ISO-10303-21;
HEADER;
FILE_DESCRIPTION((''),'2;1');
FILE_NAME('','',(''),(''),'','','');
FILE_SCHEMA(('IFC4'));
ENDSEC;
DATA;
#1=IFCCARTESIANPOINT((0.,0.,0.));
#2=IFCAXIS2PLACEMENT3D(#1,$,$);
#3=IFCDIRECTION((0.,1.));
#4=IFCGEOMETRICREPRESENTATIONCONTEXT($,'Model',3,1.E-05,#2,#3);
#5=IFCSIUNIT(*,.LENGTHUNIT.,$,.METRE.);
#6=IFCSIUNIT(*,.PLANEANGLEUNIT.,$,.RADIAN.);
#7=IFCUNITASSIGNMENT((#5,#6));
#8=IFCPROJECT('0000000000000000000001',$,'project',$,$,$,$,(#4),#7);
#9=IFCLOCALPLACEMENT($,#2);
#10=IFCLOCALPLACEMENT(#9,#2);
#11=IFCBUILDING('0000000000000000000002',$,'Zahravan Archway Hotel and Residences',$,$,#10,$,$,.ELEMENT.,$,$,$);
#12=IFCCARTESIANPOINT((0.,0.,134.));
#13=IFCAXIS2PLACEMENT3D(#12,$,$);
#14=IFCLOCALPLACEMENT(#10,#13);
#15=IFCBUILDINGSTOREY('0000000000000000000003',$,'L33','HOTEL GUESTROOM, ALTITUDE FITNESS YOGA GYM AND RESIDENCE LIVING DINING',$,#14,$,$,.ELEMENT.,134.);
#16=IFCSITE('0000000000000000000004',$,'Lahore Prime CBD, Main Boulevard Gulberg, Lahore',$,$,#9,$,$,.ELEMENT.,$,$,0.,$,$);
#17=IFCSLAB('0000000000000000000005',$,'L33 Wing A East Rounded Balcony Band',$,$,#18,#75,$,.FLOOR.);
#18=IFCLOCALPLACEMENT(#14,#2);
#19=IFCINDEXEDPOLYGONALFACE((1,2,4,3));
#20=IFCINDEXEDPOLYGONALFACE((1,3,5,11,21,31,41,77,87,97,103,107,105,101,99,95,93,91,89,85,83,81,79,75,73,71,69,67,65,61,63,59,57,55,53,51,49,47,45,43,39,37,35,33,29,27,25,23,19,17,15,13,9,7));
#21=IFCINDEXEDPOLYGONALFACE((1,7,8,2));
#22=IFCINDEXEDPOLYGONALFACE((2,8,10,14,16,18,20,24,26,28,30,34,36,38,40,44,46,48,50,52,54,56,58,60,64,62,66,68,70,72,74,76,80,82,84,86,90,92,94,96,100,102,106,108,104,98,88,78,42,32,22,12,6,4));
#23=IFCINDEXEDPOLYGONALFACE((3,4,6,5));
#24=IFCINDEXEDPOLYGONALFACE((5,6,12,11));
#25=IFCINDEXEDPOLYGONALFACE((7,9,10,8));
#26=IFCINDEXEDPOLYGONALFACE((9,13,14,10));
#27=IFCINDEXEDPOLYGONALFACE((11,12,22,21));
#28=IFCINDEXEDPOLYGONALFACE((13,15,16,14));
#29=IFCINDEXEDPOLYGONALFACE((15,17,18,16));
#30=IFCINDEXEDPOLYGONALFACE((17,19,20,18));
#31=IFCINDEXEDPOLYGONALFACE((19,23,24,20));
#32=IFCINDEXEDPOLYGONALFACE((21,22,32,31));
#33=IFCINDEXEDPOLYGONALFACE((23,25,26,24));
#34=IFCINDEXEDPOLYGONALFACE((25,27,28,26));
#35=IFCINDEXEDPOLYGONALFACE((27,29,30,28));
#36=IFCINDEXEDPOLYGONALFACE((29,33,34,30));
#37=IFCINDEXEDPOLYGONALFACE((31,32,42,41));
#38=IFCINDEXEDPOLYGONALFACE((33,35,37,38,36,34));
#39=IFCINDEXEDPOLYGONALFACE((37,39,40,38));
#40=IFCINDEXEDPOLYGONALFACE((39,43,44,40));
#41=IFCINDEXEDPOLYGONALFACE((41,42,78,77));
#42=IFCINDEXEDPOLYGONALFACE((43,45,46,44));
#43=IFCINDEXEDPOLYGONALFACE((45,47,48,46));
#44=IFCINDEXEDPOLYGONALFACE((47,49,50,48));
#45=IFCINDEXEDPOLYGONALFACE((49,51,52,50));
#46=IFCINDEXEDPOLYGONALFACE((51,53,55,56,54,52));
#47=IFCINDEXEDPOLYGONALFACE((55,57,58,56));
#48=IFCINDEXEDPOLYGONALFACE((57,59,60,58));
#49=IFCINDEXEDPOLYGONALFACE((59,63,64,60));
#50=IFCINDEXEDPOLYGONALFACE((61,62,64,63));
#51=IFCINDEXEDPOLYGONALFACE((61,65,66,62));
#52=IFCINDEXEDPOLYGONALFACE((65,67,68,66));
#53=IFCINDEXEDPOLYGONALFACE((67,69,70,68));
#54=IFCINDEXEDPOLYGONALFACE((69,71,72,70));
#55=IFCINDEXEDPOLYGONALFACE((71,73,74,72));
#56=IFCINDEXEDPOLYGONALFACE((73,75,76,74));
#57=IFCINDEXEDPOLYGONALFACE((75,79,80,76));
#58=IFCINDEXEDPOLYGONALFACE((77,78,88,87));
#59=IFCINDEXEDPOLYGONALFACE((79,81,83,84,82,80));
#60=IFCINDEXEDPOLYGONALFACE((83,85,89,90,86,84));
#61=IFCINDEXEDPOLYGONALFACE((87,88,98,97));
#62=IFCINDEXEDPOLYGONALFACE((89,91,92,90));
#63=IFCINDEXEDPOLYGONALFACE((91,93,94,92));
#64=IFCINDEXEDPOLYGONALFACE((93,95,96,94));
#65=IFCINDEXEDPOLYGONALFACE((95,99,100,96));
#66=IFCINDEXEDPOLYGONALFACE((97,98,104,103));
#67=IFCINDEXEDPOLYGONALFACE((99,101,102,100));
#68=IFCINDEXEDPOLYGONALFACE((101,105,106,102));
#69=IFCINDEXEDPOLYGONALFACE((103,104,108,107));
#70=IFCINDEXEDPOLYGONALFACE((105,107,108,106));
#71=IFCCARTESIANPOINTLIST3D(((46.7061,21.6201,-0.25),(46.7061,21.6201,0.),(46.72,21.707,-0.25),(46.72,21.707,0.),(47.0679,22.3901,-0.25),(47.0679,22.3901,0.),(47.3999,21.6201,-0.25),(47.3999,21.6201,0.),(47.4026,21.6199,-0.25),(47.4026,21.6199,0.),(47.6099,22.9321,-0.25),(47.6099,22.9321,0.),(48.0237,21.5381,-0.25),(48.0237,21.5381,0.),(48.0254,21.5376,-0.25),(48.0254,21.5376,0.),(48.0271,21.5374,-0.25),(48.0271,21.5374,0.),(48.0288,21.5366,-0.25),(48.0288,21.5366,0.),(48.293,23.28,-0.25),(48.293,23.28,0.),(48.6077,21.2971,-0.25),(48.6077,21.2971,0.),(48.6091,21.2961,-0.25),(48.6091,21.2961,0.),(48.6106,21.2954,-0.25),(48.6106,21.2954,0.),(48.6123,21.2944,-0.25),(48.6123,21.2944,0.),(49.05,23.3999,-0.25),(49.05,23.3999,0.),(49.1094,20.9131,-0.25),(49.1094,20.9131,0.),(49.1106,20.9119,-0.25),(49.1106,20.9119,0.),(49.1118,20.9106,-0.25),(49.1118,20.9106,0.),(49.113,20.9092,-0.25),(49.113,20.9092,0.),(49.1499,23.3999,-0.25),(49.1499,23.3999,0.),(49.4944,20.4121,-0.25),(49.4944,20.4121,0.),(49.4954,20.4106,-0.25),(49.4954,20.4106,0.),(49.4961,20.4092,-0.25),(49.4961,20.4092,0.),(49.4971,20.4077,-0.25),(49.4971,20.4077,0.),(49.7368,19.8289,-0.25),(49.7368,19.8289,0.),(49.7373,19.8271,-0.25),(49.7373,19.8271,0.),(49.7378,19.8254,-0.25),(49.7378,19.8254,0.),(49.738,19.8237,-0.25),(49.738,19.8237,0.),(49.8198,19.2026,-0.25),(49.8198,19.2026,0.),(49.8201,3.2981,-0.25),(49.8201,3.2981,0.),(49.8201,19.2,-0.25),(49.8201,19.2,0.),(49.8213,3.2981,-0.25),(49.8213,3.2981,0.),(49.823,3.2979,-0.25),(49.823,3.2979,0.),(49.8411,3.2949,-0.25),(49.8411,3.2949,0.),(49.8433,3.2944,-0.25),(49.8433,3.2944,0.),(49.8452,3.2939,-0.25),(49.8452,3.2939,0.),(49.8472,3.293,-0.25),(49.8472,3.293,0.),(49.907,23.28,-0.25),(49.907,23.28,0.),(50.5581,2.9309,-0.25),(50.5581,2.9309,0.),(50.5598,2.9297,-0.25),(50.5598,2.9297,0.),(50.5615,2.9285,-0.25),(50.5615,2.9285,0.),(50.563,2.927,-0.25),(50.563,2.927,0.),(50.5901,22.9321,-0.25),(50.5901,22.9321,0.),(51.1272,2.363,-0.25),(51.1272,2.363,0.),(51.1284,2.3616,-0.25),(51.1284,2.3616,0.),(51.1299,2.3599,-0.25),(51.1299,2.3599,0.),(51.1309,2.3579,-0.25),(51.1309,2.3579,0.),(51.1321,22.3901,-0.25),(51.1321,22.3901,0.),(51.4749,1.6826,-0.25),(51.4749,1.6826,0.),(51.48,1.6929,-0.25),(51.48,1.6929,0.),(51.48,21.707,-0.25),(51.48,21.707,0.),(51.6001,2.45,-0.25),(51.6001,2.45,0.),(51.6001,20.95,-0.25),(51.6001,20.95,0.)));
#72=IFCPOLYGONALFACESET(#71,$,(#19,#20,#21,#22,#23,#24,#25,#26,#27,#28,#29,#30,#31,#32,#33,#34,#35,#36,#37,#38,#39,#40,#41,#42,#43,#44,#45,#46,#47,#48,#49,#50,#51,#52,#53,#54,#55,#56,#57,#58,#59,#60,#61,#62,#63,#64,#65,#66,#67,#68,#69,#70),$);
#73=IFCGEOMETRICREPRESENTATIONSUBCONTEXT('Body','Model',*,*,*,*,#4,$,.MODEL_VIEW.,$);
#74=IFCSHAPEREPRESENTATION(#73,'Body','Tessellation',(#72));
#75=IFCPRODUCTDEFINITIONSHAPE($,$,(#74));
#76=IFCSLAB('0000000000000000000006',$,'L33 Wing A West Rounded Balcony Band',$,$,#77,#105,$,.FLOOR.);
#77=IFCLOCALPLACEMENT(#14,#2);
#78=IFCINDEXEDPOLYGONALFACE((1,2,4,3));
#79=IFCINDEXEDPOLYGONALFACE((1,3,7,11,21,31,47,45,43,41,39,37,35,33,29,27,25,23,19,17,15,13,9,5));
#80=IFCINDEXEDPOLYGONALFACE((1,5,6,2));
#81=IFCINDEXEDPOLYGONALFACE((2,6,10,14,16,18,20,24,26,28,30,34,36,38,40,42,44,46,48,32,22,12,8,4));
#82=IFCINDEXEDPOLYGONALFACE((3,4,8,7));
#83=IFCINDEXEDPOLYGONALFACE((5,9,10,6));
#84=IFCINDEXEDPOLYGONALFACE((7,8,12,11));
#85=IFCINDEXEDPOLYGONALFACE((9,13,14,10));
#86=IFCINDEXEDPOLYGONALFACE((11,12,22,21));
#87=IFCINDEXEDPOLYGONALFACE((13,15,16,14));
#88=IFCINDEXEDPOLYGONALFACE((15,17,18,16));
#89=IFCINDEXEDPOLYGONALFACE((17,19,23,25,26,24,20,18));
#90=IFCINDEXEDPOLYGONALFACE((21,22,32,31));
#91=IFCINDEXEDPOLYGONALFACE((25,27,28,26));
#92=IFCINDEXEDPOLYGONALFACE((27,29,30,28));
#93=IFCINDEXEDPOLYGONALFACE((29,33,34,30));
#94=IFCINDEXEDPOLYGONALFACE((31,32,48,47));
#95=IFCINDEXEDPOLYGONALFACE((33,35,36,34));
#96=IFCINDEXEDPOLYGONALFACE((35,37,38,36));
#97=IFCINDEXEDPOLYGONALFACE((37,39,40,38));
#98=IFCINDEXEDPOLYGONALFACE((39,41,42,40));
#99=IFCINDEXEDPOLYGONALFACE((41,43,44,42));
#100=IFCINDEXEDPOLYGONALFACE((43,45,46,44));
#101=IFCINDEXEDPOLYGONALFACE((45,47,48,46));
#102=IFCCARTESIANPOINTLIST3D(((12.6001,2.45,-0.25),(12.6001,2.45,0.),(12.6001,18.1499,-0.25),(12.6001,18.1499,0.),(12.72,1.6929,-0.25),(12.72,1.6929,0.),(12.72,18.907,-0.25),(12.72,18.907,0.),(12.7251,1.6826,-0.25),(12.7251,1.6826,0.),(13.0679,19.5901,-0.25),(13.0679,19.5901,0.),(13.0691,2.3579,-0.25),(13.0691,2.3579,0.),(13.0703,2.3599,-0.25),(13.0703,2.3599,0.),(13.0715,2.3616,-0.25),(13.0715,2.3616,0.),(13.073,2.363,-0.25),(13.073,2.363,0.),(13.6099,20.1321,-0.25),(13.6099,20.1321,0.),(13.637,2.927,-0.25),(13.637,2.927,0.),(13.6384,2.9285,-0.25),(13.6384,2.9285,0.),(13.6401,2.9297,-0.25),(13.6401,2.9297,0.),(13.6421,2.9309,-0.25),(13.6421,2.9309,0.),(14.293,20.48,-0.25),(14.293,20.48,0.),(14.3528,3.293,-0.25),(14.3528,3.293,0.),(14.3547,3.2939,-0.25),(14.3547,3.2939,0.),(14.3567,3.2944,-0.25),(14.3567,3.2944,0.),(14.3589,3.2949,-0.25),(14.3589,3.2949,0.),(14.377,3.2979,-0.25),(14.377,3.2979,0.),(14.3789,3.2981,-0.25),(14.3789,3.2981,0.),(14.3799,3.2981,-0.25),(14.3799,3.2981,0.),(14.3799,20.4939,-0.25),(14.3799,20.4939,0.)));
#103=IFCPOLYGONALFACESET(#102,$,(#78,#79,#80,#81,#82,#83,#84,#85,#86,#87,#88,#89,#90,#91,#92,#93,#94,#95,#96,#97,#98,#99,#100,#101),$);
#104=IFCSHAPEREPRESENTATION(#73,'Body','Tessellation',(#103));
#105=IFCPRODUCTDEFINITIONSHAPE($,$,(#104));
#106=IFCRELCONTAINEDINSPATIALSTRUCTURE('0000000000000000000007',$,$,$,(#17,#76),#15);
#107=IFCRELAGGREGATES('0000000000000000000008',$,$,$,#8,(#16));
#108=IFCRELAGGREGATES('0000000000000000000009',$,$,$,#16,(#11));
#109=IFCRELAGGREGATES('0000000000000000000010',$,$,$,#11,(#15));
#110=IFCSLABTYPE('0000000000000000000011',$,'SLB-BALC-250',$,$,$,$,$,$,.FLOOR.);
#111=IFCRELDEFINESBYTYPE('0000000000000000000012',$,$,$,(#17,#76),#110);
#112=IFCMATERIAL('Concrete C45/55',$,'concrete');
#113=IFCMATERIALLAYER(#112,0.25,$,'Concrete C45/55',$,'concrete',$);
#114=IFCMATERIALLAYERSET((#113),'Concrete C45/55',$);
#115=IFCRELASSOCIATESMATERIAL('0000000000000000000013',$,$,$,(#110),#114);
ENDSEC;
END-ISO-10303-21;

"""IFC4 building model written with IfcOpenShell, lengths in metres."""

from ifc_helpers import new_model, si_unit, direction, frame, origin, place, context, subcontext, project, spatial, polyline, outline, extrude, material, layer, layer_set, type_object, element, save


model = new_model("IFC4")

# Units and contexts
model_context = context("Model", 3, precision=1e-05, world=origin(), true_north=direction((0.0, 1.0)))
body_context = subcontext(model_context, "Body", "Model", "MODEL_VIEW")
ifc_project = project(units=[si_unit("LENGTHUNIT", "METRE"), si_unit("PLANEANGLEUNIT", "RADIAN")], contexts=[model_context])

# Site, building, storey
site_placement = place(None, origin())
site = spatial("IfcSite", under=ifc_project, at=site_placement, Name="Lahore Prime CBD, Main Boulevard Gulberg, Lahore", CompositionType="ELEMENT", RefElevation=0.0)
building_placement = place(site_placement, origin())
building = spatial("IfcBuilding", under=site, at=building_placement, Name="Zahravan Archway Hotel and Residences", CompositionType="ELEMENT")
storey_placement = place(building_placement, frame((0.0, 0.0, 134.0)))
storey = spatial("IfcBuildingStorey", under=building, at=storey_placement, Name="L33", Description="HOTEL GUESTROOM, ALTITUDE FITNESS YOGA GYM AND RESIDENCE LIVING DINING", CompositionType="ELEMENT", Elevation=134.0)

# Slabs
ifc_material_1 = material(Name="Concrete C45/55", Category="concrete")
ifc_layer_1 = layer(ifc_material_1, 0.25, Name="Concrete C45/55", Category="concrete")
ifc_layer_set_1 = layer_set([ifc_layer_1], Name="Concrete C45/55")
slab_type_1 = type_object("IfcSlabType", Name="SLB-BALC-250", PredefinedType="FLOOR", material=ifc_layer_set_1)
slab_1_placement = place(storey_placement, frame((0.0, 0.0, -0.25)))
element("IfcSlab", 1, at=slab_1_placement, inside=storey, type_object=slab_type_1, Name="L33 Wing A East Rounded Balcony Band", PredefinedType="FLOOR", context=body_context, shape_type="SweptSolid", body=[
    extrude(outline(polyline([(46.72, 21.707), (47.0679, 22.3901), (47.6099, 22.9321), (48.293, 23.28), (49.05, 23.3999), (49.1499, 23.3999), (49.907, 23.28), (50.5901, 22.9321), (51.1321, 22.3901), (51.48, 21.707), (51.6001, 20.95), (51.6001, 2.45), (51.48, 1.6929), (51.4749, 1.6826), (51.1309, 2.3579), (51.1299, 2.3599), (51.1284, 2.3616), (51.1272, 2.363), (50.563, 2.927), (50.5615, 2.9285), (50.5598, 2.9297), (50.5581, 2.9309), (49.8472, 3.293), (49.8452, 3.2939), (49.8433, 3.2944), (49.8411, 3.2949), (49.823, 3.2979), (49.8213, 3.2981), (49.8201, 3.2981), (49.8201, 19.2), (49.8198, 19.2026), (49.738, 19.8237), (49.7378, 19.8254), (49.7373, 19.8271), (49.7368, 19.8289), (49.4971, 20.4077), (49.4961, 20.4092), (49.4954, 20.4106), (49.4944, 20.4121), (49.113, 20.9092), (49.1118, 20.9106), (49.1106, 20.9119), (49.1094, 20.9131), (48.6123, 21.2944), (48.6106, 21.2954), (48.6091, 21.2961), (48.6077, 21.2971), (48.0288, 21.5366), (48.0271, 21.5374), (48.0254, 21.5376), (48.0237, 21.5381), (47.4026, 21.6199), (47.3999, 21.6201), (46.7061, 21.6201), (46.72, 21.707)])), origin(), (0.0, 0.0, 1.0), 0.25),
])
slab_2_placement = place(storey_placement, frame((0.0, 0.0, -0.25)))
element("IfcSlab", 2, at=slab_2_placement, inside=storey, type_object=slab_type_1, Name="L33 Wing A West Rounded Balcony Band", PredefinedType="FLOOR", context=body_context, shape_type="SweptSolid", body=[
    extrude(outline(polyline([(12.72, 1.6929), (12.6001, 2.45), (12.6001, 18.1499), (12.72, 18.907), (13.0679, 19.5901), (13.6099, 20.1321), (14.293, 20.48), (14.3799, 20.4939), (14.3799, 3.2981), (14.3789, 3.2981), (14.377, 3.2979), (14.3589, 3.2949), (14.3567, 3.2944), (14.3547, 3.2939), (14.3528, 3.293), (13.6421, 2.9309), (13.6401, 2.9297), (13.6384, 2.9285), (13.637, 2.927), (13.073, 2.363), (13.0715, 2.3616), (13.0703, 2.3599), (13.0691, 2.3579), (12.7251, 1.6826), (12.72, 1.6929)])), origin(), (0.0, 0.0, 1.0), 0.25),
])

save(model, "model.ifc")
